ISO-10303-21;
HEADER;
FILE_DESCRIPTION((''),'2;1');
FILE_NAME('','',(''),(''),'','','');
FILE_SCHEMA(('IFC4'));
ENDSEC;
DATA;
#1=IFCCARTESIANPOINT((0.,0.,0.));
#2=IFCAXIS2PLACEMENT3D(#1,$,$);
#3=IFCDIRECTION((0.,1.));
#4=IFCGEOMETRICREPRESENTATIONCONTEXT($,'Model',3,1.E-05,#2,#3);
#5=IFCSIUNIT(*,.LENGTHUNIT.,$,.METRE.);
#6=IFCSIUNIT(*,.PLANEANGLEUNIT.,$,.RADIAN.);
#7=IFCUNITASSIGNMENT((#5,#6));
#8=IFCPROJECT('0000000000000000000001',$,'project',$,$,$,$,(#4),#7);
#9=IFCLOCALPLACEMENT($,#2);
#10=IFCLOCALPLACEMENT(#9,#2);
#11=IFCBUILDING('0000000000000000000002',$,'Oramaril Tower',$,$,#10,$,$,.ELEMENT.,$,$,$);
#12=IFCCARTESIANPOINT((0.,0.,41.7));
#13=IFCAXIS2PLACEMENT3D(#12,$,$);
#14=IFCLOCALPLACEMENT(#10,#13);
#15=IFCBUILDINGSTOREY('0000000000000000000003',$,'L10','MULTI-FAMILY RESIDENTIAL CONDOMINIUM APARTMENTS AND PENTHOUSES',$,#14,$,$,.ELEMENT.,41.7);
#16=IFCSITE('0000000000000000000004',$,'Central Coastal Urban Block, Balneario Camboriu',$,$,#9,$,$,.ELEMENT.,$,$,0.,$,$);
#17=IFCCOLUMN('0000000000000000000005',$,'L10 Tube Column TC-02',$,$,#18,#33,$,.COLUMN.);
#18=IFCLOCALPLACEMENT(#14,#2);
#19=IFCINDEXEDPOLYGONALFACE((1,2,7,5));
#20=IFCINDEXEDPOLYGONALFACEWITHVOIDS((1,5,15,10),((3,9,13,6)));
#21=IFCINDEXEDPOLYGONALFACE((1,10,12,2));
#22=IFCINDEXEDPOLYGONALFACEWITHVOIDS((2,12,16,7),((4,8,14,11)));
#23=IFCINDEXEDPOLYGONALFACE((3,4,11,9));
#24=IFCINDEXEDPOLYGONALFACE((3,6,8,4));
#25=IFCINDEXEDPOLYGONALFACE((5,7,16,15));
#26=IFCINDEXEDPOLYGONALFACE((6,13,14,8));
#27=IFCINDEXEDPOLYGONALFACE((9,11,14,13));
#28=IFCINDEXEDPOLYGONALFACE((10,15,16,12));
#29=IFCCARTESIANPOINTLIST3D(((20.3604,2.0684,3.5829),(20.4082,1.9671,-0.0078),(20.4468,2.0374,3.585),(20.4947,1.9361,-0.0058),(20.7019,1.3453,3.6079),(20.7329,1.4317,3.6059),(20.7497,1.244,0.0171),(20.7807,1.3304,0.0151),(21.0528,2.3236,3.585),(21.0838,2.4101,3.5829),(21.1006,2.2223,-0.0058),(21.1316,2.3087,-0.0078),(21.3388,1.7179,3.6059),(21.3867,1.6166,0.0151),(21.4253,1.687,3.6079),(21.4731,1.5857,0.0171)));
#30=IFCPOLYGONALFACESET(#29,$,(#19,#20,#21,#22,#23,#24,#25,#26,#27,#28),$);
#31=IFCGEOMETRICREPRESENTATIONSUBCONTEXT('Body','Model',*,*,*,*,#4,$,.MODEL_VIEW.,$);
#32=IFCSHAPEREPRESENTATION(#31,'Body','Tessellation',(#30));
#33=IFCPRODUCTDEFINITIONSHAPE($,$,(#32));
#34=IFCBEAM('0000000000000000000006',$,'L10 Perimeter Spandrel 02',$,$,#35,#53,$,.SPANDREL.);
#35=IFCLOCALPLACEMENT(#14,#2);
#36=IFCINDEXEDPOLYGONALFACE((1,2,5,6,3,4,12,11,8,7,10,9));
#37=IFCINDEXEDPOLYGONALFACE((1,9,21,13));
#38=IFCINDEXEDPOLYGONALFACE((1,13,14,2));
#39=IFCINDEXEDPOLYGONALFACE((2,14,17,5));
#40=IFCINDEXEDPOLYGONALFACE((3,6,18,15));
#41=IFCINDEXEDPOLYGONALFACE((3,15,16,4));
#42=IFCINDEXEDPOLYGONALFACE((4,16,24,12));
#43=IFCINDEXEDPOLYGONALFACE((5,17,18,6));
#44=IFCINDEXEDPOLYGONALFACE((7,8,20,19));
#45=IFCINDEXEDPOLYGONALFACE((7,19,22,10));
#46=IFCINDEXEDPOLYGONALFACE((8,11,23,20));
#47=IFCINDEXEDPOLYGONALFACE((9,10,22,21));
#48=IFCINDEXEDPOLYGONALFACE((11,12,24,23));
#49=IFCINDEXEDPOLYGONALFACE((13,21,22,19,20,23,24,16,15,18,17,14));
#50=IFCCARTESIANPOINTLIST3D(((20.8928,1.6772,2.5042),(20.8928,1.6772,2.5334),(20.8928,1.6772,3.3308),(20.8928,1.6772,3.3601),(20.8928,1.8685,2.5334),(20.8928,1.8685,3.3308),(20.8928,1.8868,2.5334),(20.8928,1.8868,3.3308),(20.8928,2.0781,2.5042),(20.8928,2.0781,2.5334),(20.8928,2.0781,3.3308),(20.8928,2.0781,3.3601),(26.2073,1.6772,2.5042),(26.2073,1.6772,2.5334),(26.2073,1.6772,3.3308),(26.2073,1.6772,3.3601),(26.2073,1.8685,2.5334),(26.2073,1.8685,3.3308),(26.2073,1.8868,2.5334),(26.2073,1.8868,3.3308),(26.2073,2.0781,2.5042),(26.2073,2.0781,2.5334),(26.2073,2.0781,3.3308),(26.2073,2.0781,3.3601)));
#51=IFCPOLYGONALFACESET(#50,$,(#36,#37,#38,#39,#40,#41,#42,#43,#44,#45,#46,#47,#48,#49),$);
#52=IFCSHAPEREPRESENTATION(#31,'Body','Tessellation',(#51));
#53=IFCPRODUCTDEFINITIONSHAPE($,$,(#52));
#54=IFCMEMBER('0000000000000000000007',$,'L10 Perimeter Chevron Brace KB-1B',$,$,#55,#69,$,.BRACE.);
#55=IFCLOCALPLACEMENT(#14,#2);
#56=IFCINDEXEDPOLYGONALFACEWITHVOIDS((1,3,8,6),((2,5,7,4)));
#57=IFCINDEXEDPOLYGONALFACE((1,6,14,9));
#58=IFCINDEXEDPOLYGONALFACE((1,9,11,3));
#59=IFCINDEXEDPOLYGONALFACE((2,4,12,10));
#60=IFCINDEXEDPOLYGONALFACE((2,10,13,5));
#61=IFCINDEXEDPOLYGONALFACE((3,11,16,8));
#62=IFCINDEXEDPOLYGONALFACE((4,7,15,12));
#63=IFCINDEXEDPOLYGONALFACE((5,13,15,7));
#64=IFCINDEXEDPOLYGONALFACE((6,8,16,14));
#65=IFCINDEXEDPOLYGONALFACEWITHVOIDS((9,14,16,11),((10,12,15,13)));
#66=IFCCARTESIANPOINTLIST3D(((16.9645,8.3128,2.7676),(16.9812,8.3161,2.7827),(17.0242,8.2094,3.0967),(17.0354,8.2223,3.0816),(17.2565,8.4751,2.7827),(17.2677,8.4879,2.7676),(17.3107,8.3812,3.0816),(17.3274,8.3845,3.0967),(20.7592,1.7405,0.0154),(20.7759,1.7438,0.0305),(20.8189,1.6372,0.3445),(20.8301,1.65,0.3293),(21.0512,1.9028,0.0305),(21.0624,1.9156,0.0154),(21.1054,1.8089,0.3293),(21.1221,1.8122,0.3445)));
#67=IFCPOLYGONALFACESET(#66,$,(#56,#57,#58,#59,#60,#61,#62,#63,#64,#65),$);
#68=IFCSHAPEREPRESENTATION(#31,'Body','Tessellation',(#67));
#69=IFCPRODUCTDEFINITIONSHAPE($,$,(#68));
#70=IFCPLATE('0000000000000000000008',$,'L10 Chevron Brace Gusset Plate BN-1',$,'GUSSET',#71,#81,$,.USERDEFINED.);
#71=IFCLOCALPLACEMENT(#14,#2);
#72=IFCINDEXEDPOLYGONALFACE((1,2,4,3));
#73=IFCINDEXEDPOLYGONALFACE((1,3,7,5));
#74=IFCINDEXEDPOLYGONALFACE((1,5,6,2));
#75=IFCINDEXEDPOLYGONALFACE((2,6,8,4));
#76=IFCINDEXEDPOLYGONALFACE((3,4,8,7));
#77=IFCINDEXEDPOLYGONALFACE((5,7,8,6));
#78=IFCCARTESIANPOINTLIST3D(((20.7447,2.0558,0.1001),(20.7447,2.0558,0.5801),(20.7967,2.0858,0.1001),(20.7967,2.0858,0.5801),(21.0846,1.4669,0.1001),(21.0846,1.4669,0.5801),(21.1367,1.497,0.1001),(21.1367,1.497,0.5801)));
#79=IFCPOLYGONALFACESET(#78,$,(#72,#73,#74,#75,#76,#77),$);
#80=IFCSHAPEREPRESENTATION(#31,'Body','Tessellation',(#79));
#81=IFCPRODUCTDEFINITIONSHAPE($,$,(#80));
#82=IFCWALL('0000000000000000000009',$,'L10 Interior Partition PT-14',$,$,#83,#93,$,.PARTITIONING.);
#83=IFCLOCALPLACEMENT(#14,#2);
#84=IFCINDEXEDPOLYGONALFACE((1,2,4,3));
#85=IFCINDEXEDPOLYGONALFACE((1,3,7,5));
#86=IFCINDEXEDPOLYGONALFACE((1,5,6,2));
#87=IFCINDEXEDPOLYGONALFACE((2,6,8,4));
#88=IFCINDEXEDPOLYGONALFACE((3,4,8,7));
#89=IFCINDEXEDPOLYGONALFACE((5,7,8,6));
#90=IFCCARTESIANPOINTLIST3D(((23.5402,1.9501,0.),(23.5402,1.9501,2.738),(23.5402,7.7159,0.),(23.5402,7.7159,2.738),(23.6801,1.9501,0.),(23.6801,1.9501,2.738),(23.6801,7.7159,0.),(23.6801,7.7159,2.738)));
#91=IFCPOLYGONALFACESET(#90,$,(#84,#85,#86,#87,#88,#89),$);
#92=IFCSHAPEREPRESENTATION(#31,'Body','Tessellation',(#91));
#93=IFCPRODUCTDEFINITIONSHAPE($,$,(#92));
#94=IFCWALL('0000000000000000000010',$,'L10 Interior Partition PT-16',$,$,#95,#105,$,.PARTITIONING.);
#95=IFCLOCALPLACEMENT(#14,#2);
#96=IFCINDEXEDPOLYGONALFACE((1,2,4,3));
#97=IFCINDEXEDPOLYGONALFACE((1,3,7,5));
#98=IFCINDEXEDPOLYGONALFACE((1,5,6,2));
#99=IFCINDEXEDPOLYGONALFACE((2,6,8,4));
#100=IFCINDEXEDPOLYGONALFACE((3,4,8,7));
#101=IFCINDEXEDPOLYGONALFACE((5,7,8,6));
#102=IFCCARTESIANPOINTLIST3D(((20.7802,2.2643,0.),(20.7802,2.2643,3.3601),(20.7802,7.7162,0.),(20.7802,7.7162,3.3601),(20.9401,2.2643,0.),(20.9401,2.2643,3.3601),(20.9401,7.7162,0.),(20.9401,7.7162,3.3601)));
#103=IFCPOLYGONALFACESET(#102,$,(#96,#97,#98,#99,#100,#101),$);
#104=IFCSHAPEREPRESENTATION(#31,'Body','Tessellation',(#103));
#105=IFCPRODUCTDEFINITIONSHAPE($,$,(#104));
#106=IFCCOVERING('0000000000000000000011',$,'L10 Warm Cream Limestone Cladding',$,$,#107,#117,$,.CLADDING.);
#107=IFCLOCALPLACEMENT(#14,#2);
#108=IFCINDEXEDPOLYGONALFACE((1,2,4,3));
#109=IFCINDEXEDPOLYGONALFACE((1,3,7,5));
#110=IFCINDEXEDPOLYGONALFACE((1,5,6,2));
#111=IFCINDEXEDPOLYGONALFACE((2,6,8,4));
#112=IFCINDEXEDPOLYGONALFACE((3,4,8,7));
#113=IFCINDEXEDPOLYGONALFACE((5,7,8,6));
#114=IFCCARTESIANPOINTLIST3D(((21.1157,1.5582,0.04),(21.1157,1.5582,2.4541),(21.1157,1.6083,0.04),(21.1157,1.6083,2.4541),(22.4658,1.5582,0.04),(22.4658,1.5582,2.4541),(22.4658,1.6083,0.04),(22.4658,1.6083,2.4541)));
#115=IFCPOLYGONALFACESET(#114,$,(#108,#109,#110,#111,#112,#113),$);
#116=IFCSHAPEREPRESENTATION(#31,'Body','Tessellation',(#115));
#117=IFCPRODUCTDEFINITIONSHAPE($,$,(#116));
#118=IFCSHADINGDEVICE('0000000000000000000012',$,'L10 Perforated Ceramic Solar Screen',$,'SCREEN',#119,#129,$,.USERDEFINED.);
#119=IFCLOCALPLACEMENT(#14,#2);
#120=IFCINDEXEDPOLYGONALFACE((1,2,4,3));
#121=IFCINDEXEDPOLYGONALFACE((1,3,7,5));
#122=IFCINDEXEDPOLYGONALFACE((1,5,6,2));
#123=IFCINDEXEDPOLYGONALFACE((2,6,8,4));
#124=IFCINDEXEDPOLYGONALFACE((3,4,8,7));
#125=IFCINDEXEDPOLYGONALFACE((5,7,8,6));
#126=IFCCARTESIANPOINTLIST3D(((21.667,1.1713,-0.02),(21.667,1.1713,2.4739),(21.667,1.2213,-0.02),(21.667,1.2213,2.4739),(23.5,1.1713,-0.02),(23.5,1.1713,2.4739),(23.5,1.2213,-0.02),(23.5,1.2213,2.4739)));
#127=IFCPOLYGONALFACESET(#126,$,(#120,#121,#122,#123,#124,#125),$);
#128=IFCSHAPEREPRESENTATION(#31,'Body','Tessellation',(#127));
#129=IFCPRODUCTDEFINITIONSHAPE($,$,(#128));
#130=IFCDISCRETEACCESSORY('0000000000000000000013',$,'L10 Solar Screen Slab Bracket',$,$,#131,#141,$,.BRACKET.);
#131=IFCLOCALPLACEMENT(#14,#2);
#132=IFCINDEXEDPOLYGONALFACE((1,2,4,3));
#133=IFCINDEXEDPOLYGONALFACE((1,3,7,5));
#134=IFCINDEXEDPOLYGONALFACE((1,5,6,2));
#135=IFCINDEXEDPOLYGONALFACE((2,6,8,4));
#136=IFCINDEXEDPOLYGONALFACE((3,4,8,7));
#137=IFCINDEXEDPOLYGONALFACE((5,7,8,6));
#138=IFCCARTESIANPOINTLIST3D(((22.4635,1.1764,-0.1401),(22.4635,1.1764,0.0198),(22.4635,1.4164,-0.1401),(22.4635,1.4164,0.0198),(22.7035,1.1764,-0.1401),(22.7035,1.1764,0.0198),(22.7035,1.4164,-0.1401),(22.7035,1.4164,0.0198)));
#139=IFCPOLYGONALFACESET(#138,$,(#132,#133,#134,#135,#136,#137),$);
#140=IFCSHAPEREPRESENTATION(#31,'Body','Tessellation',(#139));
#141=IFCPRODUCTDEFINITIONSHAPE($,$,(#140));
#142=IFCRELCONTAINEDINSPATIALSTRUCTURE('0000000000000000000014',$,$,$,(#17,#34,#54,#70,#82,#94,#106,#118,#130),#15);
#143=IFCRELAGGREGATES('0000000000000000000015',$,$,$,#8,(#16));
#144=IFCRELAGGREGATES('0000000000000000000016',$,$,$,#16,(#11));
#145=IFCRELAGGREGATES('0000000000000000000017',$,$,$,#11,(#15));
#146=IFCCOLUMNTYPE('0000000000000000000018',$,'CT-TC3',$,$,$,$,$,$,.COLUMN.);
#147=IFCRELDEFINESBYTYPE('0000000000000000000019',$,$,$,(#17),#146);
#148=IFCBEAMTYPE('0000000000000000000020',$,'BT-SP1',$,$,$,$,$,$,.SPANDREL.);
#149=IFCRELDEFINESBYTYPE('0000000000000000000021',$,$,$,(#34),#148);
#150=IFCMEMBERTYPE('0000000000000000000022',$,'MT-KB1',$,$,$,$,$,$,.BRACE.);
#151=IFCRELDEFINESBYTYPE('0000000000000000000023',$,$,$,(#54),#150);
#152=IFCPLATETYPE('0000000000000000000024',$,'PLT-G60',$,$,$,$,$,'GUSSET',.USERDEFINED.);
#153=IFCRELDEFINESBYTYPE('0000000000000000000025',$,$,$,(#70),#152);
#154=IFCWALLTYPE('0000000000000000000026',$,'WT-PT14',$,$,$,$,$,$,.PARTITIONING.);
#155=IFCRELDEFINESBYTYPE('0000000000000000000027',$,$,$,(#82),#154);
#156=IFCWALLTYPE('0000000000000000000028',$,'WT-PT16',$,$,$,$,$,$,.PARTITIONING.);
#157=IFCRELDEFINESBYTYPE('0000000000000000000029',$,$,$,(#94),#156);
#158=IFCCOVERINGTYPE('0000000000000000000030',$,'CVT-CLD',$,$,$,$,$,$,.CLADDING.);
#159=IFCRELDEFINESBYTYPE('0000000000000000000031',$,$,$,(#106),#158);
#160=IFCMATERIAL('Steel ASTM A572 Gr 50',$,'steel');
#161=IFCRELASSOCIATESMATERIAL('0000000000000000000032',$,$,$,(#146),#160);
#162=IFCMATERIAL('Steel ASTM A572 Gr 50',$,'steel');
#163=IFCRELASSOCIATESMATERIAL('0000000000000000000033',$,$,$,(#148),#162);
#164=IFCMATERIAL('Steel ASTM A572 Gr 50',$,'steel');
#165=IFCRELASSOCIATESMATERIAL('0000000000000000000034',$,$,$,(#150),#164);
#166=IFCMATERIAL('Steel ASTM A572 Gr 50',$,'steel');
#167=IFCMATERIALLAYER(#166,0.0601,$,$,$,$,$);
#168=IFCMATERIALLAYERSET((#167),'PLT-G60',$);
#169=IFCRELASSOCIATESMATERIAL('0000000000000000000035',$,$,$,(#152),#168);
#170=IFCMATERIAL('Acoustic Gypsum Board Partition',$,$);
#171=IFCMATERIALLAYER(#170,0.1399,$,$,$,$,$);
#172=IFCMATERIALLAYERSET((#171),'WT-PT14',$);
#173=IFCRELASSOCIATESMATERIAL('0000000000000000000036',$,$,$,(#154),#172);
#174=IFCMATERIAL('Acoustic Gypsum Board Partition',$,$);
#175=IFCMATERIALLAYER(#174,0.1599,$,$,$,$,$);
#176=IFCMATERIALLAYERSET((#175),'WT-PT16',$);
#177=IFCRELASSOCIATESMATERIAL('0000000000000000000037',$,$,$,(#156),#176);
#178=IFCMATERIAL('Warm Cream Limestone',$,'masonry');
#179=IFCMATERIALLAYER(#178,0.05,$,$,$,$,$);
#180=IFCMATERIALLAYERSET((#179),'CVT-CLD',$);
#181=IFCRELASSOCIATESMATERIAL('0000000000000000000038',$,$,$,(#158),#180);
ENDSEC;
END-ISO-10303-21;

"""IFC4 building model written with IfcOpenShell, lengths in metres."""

from ifc_helpers import new_model, si_unit, direction, frame, frame_2d, origin, origin_2d, place, context, subcontext, project, spatial, rectangle, hollow_rectangle, i_section, extrude, material, layer, layer_set, material_profile, profile_set, type_object, element, save


model = new_model("IFC4")

# Units and contexts
model_context = context("Model", 3, precision=1e-05, world=origin(), true_north=direction((0.0, 1.0)))
body_context = subcontext(model_context, "Body", "Model", "MODEL_VIEW")
ifc_project = project(units=[si_unit("LENGTHUNIT", "METRE"), si_unit("PLANEANGLEUNIT", "RADIAN")], contexts=[model_context])

# Site, building, storey
site_placement = place(None, origin())
site = spatial("IfcSite", under=ifc_project, at=site_placement, Name="Central Coastal Urban Block, Balneario Camboriu", CompositionType="ELEMENT", RefElevation=0.0)
building_placement = place(site_placement, origin())
building = spatial("IfcBuilding", under=site, at=building_placement, Name="Oramaril Tower", CompositionType="ELEMENT")
storey_placement = place(building_placement, frame((0.0, 0.0, 41.7)))
storey = spatial("IfcBuildingStorey", under=building, at=storey_placement, Name="L10", Description="MULTI-FAMILY RESIDENTIAL CONDOMINIUM APARTMENTS AND PENTHOUSES", CompositionType="ELEMENT", Elevation=41.7)

# Column
ifc_material_1 = material(Name="Steel ASTM A572 Gr 50", Category="steel")
ifc_material_profile_1 = material_profile(ifc_material_1, hollow_rectangle(XDim=0.8, YDim=0.8, WallThickness=0.0649, at=origin_2d()), Name="BOX800X800X65")
ifc_profile_set_1 = profile_set([ifc_material_profile_1], Name="Steel ASTM A572 Gr 50")
column_type = type_object("IfcColumnType", Name="CT-TC3", PredefinedType="COLUMN", material=ifc_profile_set_1)
column_placement = place(storey_placement, frame((20.9407, 1.7764, 0.0046), z_axis=(-0.01332, 0.028202, 0.999513), x_axis=(-0.904225, -0.427056, 0.0)))
element("IfcColumn", 1, at=column_placement, inside=storey, type_object=column_type, Name="L10 Tube Column TC-02", PredefinedType="COLUMN", context=body_context, shape_type="SweptSolid", body=[
    extrude(hollow_rectangle(XDim=0.8, YDim=0.8, WallThickness=0.0649, at=origin_2d()), origin(), (0.0, 0.0, 1.0), 3.5925),
])

# Beam
ifc_material_2 = material(Name="Steel ASTM A572 Gr 50", Category="steel")
ifc_material_profile_2 = material_profile(ifc_material_2, i_section(OverallWidth=0.4009, OverallDepth=0.856, WebThickness=0.0183, FlangeThickness=0.0293, at=origin_2d()), Name="W33X201")
ifc_profile_set_2 = profile_set([ifc_material_profile_2], Name="Steel ASTM A572 Gr 50")
beam_type = type_object("IfcBeamType", Name="BT-SP1", PredefinedType="SPANDREL", material=ifc_profile_set_2)
beam_placement = place(storey_placement, frame((20.8928, 1.8777, 2.9321), z_axis=(1.0, 0.0, 0.0), x_axis=(0.0, 1.0, 0.0)))
element("IfcBeam", 2, at=beam_placement, inside=storey, type_object=beam_type, Name="L10 Perimeter Spandrel 02", PredefinedType="SPANDREL", context=body_context, shape_type="SweptSolid", body=[
    extrude(i_section(OverallWidth=0.4009, OverallDepth=0.856, WebThickness=0.0183, FlangeThickness=0.0293, at=origin_2d()), origin(), (0.0, 0.0, 1.0), 5.3145),
])

# Member
ifc_material_3 = material(Name="Steel ASTM A572 Gr 50", Category="steel")
ifc_material_profile_3 = material_profile(ifc_material_3, hollow_rectangle(XDim=0.3501, YDim=0.3501, WallThickness=0.0161, at=origin_2d()), Name="HSS350X350X16")
ifc_profile_set_3 = profile_set([ifc_material_profile_3], Name="Steel ASTM A572 Gr 50")
member_type = type_object("IfcMemberType", Name="MT-KB1", PredefinedType="BRACE", material=ifc_profile_set_3)
member_placement = place(storey_placement, frame((20.9407, 1.7764, 0.1799), z_axis=(-0.470062, 0.814133, 0.340926), x_axis=(-0.866015, -0.500018, 0.0)))
element("IfcMember", 3, at=member_placement, inside=storey, type_object=member_type, Name="L10 Perimeter Chevron Brace KB-1B", PredefinedType="BRACE", context=body_context, shape_type="SweptSolid", body=[
    extrude(hollow_rectangle(XDim=0.3501, YDim=0.3501, WallThickness=0.0161, at=origin_2d()), origin(), (0.0, 0.0, 1.0), 8.0728),
])

# Plate
ifc_material_4 = material(Name="Steel ASTM A572 Gr 50", Category="steel")
ifc_layer_1 = layer(ifc_material_4, 0.0601)
ifc_layer_set_1 = layer_set([ifc_layer_1], Name="PLT-G60")
plate_type = type_object("IfcPlateType", Name="PLT-G60", ElementType="GUSSET", PredefinedType="USERDEFINED", material=ifc_layer_set_1)
plate_placement = place(storey_placement, frame((20.9407, 1.7764, 0.1001), z_axis=(0.0, 0.0, 1.0), x_axis=(0.499997, -0.866027, 0.0)))
element("IfcPlate", 4, at=plate_placement, inside=storey, type_object=plate_type, Name="L10 Chevron Brace Gusset Plate BN-1", ObjectType="GUSSET", PredefinedType="USERDEFINED", context=body_context, shape_type="SweptSolid", body=[
    extrude(rectangle(XDim=0.6799, YDim=0.0601, at=origin_2d()), origin(), (0.0, 0.0, 1.0), 0.48),
])

# Walls
ifc_material_5 = material(Name="Acoustic Gypsum Board Partition")
ifc_layer_2 = layer(ifc_material_5, 0.1399)
ifc_layer_set_2 = layer_set([ifc_layer_2], Name="WT-PT14")
wall_type_1 = type_object("IfcWallType", Name="WT-PT14", PredefinedType="PARTITIONING", material=ifc_layer_set_2)
wall_1_placement = place(storey_placement, frame((23.6101, 1.9502, 0.0), z_axis=(0.0, 0.0, 1.0), x_axis=(0.0, 1.0, 0.0)))
element("IfcWall", 5, at=wall_1_placement, inside=storey, type_object=wall_type_1, Name="L10 Interior Partition PT-14", PredefinedType="PARTITIONING", context=body_context, shape_type="SweptSolid", body=[
    extrude(rectangle(XDim=5.7659, YDim=0.1399, at=frame_2d((2.8828, 0.0))), origin(), (0.0, 0.0, 1.0), 2.738),
])
ifc_material_6 = material(Name="Acoustic Gypsum Board Partition")
ifc_layer_3 = layer(ifc_material_6, 0.1599)
ifc_layer_set_3 = layer_set([ifc_layer_3], Name="WT-PT16")
wall_type_2 = type_object("IfcWallType", Name="WT-PT16", PredefinedType="PARTITIONING", material=ifc_layer_set_3)
wall_2_placement = place(storey_placement, frame((20.8601, 2.2642, 0.0), z_axis=(0.0, 0.0, 1.0), x_axis=(0.0, 1.0, 0.0)))
element("IfcWall", 6, at=wall_2_placement, inside=storey, type_object=wall_type_2, Name="L10 Interior Partition PT-16", PredefinedType="PARTITIONING", context=body_context, shape_type="SweptSolid", body=[
    extrude(rectangle(XDim=5.4519, YDim=0.1599, at=frame_2d((2.7261, 0.0))), origin(), (0.0, 0.0, 1.0), 3.3601),
])

# Covering
ifc_material_7 = material(Name="Warm Cream Limestone", Category="masonry")
ifc_layer_4 = layer(ifc_material_7, 0.05)
ifc_layer_set_4 = layer_set([ifc_layer_4], Name="CVT-CLD")
covering_type = type_object("IfcCoveringType", Name="CVT-CLD", PredefinedType="CLADDING", material=ifc_layer_set_4)
covering_placement = place(storey_placement, frame((21.7908, 1.5833, 0.04), z_axis=(0.0, 0.0, 1.0), x_axis=(1.0, 0.0, 0.0)))
element("IfcCovering", 7, at=covering_placement, inside=storey, type_object=covering_type, Name="L10 Warm Cream Limestone Cladding", PredefinedType="CLADDING", context=body_context, shape_type="SweptSolid", body=[
    extrude(rectangle(XDim=1.3501, YDim=0.05, at=origin_2d()), origin(), (0.0, 0.0, 1.0), 2.4141),
])

# Shading device
shading_device_placement = place(storey_placement, frame((22.5835, 1.1963, -0.02), z_axis=(0.0, 0.0, 1.0), x_axis=(1.0, 0.0, 0.0)))
element("IfcShadingDevice", 8, at=shading_device_placement, inside=storey, Name="L10 Perforated Ceramic Solar Screen", ObjectType="SCREEN", PredefinedType="USERDEFINED", context=body_context, shape_type="SweptSolid", body=[
    extrude(rectangle(XDim=1.833, YDim=0.05, at=origin_2d()), origin(), (0.0, 0.0, 1.0), 2.4939),
])

# Discrete accessory
discrete_accessory_placement = place(storey_placement, frame((22.5835, 1.2964, -0.1401), z_axis=(0.0, 0.0, 1.0), x_axis=(1.0, 0.0, 0.0)))
element("IfcDiscreteAccessory", 9, at=discrete_accessory_placement, inside=storey, Name="L10 Solar Screen Slab Bracket", PredefinedType="BRACKET", context=body_context, shape_type="SweptSolid", body=[
    extrude(rectangle(XDim=0.24, YDim=0.24, at=origin_2d()), origin(), (0.0, 0.0, 1.0), 0.1599),
])

save(model, "model.ifc")
